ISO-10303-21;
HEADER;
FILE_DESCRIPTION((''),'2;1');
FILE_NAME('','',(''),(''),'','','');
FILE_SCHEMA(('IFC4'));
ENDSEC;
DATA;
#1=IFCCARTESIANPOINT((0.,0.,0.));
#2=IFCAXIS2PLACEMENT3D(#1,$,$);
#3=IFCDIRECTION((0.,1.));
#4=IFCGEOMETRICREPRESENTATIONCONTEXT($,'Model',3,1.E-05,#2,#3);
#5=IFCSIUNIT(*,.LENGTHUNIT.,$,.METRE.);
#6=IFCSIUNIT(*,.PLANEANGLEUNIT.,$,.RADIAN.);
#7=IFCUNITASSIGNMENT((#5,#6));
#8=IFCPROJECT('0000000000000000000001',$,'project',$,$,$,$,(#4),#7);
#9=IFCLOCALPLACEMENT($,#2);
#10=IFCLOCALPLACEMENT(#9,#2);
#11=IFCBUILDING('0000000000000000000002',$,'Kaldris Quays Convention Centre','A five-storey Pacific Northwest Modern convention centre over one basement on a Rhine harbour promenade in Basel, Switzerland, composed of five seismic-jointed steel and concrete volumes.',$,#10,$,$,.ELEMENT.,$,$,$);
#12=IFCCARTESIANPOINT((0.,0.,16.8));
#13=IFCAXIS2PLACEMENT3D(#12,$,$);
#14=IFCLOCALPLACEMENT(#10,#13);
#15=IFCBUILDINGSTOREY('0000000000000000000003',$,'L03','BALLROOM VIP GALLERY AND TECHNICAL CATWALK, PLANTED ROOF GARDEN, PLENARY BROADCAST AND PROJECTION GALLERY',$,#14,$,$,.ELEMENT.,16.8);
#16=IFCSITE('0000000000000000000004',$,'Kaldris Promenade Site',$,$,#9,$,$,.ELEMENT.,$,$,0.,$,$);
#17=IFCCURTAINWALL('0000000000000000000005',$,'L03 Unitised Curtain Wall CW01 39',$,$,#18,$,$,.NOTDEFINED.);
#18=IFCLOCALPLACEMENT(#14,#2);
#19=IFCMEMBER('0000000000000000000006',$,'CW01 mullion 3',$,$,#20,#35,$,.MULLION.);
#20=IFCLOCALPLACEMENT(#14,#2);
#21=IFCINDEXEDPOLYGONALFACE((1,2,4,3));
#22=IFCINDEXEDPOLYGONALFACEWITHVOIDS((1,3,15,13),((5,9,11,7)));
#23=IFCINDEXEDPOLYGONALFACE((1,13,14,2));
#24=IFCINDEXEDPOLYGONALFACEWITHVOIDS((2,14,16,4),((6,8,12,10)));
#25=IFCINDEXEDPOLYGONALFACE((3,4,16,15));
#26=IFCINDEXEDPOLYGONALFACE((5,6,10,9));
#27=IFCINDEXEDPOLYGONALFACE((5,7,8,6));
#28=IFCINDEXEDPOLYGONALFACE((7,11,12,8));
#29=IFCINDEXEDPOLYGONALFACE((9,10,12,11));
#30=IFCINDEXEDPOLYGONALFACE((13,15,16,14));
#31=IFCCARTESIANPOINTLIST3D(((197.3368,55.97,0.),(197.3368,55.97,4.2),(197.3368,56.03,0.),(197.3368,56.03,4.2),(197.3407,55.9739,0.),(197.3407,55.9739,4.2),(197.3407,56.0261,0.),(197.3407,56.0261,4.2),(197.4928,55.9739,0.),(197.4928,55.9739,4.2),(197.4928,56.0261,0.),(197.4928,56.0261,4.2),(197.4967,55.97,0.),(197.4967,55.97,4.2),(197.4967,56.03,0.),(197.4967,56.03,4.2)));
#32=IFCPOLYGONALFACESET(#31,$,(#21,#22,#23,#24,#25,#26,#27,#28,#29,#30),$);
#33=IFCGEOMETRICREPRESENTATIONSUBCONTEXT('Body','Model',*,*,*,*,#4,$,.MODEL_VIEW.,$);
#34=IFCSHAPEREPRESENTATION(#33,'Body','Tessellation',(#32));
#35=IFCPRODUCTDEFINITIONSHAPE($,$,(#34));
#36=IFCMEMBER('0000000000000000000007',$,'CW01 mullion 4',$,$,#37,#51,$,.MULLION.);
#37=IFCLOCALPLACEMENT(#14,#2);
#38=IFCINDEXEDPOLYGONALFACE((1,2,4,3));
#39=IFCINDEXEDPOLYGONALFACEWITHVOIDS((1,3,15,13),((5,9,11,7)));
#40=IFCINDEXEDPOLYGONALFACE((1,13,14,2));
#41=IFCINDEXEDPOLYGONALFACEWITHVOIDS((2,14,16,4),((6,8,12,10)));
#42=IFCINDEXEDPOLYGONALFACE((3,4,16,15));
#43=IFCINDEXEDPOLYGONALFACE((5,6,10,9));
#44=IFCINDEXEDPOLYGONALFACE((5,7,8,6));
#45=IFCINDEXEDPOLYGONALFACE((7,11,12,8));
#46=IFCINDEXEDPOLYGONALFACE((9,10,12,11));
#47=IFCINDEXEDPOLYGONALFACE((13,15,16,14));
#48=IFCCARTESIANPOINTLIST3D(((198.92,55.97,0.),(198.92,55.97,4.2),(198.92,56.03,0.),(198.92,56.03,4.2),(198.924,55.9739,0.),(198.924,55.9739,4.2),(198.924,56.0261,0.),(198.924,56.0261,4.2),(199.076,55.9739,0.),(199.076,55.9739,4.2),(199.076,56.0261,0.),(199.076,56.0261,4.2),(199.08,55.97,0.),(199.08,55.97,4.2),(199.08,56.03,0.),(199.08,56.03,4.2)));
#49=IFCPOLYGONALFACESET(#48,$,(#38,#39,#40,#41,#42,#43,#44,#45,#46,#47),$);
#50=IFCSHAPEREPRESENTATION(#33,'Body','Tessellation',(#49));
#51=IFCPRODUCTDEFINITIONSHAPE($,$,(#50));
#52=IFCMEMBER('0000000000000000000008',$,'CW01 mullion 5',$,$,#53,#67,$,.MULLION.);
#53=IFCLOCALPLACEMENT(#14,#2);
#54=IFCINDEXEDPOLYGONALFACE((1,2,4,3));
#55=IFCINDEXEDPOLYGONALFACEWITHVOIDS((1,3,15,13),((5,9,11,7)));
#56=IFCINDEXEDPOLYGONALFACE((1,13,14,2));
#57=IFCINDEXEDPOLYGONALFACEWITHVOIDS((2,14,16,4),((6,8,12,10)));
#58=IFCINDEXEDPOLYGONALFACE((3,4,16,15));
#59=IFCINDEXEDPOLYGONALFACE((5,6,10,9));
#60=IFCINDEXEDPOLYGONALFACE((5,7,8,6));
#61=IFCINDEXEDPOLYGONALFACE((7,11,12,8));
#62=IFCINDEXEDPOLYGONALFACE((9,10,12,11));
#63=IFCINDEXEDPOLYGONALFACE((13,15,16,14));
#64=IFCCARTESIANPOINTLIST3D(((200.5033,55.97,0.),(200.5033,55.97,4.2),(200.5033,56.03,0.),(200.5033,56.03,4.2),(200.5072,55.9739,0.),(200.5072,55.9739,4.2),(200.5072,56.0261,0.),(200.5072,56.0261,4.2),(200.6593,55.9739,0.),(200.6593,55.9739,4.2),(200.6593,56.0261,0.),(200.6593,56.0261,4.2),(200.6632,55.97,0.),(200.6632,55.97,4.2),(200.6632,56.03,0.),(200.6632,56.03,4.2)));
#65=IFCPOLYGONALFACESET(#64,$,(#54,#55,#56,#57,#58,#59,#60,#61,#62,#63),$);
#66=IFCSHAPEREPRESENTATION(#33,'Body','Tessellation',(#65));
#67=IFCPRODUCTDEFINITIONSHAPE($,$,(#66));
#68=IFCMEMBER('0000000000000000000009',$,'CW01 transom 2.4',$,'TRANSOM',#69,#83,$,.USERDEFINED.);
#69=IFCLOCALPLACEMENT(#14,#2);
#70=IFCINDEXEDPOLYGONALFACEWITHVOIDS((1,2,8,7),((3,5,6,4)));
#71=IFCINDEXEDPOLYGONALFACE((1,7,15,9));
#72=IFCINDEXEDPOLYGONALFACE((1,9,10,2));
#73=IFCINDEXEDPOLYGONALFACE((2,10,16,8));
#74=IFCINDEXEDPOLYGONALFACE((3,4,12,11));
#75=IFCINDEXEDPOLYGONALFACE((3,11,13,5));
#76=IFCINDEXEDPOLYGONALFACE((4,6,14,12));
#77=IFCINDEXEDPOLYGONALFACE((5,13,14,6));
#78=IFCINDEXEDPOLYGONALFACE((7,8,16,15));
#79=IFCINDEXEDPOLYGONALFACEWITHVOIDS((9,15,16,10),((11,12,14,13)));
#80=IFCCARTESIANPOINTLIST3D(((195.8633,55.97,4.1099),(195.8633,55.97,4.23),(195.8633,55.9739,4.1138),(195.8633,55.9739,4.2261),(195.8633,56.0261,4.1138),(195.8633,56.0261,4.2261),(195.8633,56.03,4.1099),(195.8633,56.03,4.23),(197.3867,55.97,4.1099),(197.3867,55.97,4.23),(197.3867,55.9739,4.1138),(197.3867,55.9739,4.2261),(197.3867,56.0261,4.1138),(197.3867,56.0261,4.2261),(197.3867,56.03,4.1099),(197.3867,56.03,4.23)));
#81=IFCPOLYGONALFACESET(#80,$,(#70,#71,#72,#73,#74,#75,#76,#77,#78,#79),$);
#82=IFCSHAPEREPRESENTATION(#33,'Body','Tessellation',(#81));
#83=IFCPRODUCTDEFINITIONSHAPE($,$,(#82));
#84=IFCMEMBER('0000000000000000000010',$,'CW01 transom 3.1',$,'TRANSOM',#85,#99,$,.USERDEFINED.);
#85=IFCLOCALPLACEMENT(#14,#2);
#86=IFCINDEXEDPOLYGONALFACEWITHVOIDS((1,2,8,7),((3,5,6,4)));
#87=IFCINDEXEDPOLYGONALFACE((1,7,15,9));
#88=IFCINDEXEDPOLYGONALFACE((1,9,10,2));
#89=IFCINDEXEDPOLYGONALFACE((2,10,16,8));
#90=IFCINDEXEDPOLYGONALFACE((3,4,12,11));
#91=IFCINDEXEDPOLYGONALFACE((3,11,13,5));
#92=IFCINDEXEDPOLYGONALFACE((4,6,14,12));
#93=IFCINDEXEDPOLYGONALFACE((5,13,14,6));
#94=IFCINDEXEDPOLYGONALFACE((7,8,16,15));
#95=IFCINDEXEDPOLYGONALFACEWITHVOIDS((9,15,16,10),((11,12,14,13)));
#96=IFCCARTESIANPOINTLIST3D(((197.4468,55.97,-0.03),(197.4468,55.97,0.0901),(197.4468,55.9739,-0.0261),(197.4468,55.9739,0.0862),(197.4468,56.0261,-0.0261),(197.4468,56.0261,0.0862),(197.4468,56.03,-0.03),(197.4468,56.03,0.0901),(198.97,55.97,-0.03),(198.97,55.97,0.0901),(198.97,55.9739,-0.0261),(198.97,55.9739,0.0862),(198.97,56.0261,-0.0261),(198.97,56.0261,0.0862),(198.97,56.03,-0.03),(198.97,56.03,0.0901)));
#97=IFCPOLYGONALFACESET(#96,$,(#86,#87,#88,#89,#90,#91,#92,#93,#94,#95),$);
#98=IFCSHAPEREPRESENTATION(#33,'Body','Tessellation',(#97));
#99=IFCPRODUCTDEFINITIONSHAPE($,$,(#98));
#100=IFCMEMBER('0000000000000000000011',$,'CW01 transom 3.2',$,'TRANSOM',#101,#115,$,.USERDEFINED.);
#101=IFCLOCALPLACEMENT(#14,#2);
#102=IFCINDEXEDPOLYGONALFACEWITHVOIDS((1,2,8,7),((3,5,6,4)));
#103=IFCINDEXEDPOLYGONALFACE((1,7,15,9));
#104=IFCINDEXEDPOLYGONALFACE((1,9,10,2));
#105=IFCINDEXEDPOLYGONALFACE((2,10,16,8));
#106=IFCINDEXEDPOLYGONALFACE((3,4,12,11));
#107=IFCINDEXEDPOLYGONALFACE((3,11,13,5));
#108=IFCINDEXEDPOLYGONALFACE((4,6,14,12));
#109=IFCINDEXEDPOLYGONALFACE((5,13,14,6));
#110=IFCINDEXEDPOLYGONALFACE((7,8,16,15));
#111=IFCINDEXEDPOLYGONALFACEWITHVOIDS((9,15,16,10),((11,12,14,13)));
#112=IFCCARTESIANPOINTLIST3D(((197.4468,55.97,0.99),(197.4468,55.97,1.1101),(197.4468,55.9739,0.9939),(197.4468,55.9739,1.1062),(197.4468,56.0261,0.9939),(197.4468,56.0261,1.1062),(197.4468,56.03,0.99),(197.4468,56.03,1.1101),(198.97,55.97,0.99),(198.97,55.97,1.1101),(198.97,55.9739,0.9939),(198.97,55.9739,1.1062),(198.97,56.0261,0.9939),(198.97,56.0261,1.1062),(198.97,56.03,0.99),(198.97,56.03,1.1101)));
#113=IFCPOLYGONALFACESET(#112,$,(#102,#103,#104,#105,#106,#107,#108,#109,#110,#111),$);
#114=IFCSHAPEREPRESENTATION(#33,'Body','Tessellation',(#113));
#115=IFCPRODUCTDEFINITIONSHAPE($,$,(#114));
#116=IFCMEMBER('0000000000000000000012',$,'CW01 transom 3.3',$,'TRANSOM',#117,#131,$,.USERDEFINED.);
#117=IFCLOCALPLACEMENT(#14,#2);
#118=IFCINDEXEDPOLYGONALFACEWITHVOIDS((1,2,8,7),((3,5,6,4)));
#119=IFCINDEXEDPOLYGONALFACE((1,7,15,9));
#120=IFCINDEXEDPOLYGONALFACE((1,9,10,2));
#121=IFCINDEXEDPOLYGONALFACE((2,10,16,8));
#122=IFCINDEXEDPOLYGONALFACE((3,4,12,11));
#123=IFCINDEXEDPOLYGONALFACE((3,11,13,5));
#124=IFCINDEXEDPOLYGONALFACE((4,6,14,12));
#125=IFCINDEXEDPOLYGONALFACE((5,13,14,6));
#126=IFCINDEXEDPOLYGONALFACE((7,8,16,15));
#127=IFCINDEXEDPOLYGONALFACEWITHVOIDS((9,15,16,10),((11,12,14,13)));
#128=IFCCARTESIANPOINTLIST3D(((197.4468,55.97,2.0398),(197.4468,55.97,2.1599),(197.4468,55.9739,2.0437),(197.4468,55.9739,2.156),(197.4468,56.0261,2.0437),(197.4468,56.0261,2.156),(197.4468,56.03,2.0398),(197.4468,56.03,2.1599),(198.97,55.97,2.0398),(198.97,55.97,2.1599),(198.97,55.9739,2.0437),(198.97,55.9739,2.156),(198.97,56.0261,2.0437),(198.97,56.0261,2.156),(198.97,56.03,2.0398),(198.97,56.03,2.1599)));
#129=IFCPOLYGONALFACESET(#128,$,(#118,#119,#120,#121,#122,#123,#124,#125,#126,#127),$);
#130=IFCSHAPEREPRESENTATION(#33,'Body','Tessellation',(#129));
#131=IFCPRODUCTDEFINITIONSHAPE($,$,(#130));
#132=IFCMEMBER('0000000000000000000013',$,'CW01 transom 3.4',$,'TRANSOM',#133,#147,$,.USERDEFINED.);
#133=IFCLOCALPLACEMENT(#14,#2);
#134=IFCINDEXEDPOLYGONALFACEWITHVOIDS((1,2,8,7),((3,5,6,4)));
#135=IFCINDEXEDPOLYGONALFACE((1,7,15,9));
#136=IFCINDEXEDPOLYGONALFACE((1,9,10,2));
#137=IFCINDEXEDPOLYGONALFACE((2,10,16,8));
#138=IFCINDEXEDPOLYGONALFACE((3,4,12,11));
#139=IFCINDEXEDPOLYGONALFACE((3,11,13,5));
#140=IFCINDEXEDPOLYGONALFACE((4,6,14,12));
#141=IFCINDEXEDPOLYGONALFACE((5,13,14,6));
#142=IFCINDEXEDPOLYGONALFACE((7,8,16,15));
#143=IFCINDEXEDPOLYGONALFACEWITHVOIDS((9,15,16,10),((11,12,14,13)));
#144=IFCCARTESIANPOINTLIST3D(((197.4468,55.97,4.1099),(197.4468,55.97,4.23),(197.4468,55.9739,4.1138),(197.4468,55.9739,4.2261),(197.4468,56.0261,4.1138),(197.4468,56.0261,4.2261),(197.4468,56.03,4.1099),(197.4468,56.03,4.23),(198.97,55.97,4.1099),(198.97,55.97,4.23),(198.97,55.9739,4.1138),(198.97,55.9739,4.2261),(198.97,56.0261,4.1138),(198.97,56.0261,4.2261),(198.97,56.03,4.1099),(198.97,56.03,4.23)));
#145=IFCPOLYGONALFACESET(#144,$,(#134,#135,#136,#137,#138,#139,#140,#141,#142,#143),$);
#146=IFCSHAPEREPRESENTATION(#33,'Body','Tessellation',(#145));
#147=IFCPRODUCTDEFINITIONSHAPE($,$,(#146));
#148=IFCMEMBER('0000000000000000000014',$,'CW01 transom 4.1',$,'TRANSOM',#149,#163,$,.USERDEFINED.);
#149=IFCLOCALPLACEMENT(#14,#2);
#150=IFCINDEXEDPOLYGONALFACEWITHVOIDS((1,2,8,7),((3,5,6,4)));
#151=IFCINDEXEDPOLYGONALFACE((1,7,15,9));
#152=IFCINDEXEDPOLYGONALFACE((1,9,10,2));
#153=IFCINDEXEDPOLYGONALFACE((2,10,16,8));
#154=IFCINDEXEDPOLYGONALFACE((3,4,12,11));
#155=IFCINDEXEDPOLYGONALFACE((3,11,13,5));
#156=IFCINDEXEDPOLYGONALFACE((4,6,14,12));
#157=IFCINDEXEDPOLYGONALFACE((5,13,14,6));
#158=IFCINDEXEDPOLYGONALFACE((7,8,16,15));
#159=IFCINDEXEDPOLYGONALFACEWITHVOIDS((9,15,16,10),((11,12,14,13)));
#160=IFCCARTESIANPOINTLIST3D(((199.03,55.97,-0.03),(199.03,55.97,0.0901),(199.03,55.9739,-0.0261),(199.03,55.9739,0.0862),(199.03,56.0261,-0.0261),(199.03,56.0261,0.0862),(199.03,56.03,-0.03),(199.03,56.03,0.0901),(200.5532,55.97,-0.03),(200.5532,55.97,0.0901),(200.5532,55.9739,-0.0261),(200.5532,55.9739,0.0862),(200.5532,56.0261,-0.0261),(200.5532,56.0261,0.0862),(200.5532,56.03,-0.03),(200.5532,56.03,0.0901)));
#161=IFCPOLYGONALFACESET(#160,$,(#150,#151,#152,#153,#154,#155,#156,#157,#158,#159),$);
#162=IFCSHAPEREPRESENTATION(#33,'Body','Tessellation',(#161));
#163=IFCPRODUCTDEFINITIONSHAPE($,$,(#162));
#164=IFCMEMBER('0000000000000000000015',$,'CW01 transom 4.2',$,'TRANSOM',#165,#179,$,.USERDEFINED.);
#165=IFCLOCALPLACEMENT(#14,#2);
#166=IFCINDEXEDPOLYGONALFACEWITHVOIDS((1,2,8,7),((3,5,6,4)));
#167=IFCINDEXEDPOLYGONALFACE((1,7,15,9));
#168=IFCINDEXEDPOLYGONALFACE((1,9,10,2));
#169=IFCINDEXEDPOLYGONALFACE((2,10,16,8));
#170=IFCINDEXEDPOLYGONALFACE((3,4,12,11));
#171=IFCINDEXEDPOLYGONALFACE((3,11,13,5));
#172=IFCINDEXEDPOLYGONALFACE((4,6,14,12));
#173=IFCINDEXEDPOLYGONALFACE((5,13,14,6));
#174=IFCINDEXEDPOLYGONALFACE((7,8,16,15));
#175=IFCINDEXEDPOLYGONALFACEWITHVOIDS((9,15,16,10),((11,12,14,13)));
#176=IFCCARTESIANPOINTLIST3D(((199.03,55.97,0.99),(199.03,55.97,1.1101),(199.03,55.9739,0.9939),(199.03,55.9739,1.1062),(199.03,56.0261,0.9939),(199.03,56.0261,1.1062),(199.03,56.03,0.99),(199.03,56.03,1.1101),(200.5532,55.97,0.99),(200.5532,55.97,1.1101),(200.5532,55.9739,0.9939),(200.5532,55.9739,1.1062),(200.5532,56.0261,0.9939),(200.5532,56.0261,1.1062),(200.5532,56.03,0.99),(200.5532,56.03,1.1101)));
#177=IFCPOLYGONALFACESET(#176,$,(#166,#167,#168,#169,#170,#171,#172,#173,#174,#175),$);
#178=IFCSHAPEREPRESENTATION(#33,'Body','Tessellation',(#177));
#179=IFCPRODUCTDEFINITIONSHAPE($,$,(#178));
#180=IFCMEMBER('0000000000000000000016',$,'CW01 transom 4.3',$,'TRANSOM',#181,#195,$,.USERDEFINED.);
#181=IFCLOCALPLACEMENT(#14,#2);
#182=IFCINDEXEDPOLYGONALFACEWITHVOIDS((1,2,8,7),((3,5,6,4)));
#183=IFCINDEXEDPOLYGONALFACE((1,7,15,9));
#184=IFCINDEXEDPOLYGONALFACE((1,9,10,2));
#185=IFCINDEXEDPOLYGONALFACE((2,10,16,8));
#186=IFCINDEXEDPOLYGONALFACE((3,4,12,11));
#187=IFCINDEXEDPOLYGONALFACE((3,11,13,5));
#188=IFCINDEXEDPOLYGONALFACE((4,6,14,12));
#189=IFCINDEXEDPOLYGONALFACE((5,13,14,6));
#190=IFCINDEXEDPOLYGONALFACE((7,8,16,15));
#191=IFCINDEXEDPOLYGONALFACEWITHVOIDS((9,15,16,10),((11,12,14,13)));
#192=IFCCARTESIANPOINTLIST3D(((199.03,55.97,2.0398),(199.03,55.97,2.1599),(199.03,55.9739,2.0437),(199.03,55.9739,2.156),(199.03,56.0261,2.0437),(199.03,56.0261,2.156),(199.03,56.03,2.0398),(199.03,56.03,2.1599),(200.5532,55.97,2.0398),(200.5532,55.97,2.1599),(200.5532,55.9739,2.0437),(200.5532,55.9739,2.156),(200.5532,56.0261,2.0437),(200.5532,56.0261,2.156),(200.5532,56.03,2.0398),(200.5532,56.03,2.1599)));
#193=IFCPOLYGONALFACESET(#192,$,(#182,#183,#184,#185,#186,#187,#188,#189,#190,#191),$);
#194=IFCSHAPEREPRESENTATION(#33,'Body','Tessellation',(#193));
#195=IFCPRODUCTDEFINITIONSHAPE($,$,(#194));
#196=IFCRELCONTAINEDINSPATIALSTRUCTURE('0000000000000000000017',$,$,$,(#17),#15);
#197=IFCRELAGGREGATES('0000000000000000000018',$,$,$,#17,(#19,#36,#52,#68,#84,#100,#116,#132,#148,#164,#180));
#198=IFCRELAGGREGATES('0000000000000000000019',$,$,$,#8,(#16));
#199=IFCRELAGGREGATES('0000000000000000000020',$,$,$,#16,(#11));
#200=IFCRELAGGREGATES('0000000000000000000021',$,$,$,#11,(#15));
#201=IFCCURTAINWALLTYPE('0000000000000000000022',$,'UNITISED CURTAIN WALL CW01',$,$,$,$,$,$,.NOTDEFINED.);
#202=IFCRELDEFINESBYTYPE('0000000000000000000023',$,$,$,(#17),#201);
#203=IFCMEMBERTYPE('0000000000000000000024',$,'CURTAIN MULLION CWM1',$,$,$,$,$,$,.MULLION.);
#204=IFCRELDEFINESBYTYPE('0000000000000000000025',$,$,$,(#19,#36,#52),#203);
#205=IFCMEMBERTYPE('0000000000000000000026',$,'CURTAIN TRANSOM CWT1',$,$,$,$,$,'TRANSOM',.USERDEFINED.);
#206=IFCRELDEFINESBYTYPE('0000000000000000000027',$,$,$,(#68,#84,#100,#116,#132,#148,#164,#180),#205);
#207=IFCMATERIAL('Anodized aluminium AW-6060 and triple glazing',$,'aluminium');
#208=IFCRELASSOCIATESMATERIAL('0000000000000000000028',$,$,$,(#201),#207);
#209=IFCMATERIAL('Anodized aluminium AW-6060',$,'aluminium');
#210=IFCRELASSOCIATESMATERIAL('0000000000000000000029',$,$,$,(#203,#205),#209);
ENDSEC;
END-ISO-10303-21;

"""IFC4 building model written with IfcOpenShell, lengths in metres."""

from ifc_helpers import new_model, si_unit, direction, frame, origin, origin_2d, place, context, subcontext, project, spatial, hollow_rectangle, extrude, material, material_profile, profile_set, type_object, element, aggregate, save


model = new_model("IFC4")

# Units and contexts
model_context = context("Model", 3, precision=1e-05, world=origin(), true_north=direction((0.0, 1.0)))
body_context = subcontext(model_context, "Body", "Model", "MODEL_VIEW")
ifc_project = project(units=[si_unit("LENGTHUNIT", "METRE"), si_unit("PLANEANGLEUNIT", "RADIAN")], contexts=[model_context])

# Site, building, storey
site_placement = place(None, origin())
site = spatial("IfcSite", under=ifc_project, at=site_placement, Name="Kaldris Promenade Site", CompositionType="ELEMENT", RefElevation=0.0)
building_placement = place(site_placement, origin())
building = spatial("IfcBuilding", under=site, at=building_placement, Name="Kaldris Quays Convention Centre", Description="A five-storey Pacific Northwest Modern convention centre over one basement on a Rhine harbour promenade in Basel, Switzerland, composed of five seismic-jointed steel and concrete volumes.", CompositionType="ELEMENT")
storey_placement = place(building_placement, frame((0.0, 0.0, 16.8)))
storey = spatial("IfcBuildingStorey", under=building, at=storey_placement, Name="L03", Description="BALLROOM VIP GALLERY AND TECHNICAL CATWALK, PLANTED ROOF GARDEN, PLENARY BROADCAST AND PROJECTION GALLERY", CompositionType="ELEMENT", Elevation=16.8)

# Curtain wall, members
ifc_material_1 = material(Name="Anodized aluminium AW-6060 and triple glazing", Category="aluminium")
curtain_wall_type = type_object("IfcCurtainWallType", Name="UNITISED CURTAIN WALL CW01", PredefinedType="NOTDEFINED", material=ifc_material_1)
curtain_wall_placement = place(storey_placement, origin())
curtain_wall = element("IfcCurtainWall", 1, at=curtain_wall_placement, inside=storey, type_object=curtain_wall_type, Name="L03 Unitised Curtain Wall CW01 39", PredefinedType="NOTDEFINED")
ifc_material_2 = material(Name="Anodized aluminium AW-6060", Category="aluminium")
ifc_material_profile_1 = material_profile(ifc_material_2, hollow_rectangle(XDim=0.0601, YDim=0.1599, WallThickness=0.0039, at=origin_2d()), Name="RHS 160x60x4")
ifc_profile_set_1 = profile_set([ifc_material_profile_1], Name="Anodized aluminium AW-6060")
member_type_1 = type_object("IfcMemberType", Name="CURTAIN MULLION CWM1", PredefinedType="MULLION", material=ifc_profile_set_1)
member_1_placement = place(storey_placement, frame((197.4167, 56.0, 0.0), z_axis=(0.0, 0.0, 1.0), x_axis=(0.0, 1.0, 0.0)))
member_1 = element("IfcMember", 2, at=member_1_placement, type_object=member_type_1, Name="CW01 mullion 3", PredefinedType="MULLION", context=body_context, shape_type="SweptSolid", body=[
    extrude(hollow_rectangle(XDim=0.0601, YDim=0.1599, WallThickness=0.0039, at=origin_2d()), origin(), (0.0, 0.0, 1.0), 4.2),
])
member_2_placement = place(storey_placement, frame((199.0, 56.0, 0.0), z_axis=(0.0, 0.0, 1.0), x_axis=(0.0, 1.0, 0.0)))
member_2 = element("IfcMember", 3, at=member_2_placement, type_object=member_type_1, Name="CW01 mullion 4", PredefinedType="MULLION", context=body_context, shape_type="SweptSolid", body=[
    extrude(hollow_rectangle(XDim=0.0601, YDim=0.1599, WallThickness=0.0039, at=origin_2d()), origin(), (0.0, 0.0, 1.0), 4.2),
])
member_3_placement = place(storey_placement, frame((200.5833, 56.0, 0.0), z_axis=(0.0, 0.0, 1.0), x_axis=(0.0, 1.0, 0.0)))
member_3 = element("IfcMember", 4, at=member_3_placement, type_object=member_type_1, Name="CW01 mullion 5", PredefinedType="MULLION", context=body_context, shape_type="SweptSolid", body=[
    extrude(hollow_rectangle(XDim=0.0601, YDim=0.1599, WallThickness=0.0039, at=origin_2d()), origin(), (0.0, 0.0, 1.0), 4.2),
])
ifc_material_profile_2 = material_profile(ifc_material_2, hollow_rectangle(XDim=0.0601, YDim=0.1201, WallThickness=0.0039, at=origin_2d()), Name="RHS 120x60x4")
ifc_profile_set_2 = profile_set([ifc_material_profile_2], Name="Anodized aluminium AW-6060")
member_type_2 = type_object("IfcMemberType", Name="CURTAIN TRANSOM CWT1", ElementType="TRANSOM", PredefinedType="USERDEFINED", material=ifc_profile_set_2)
member_4_placement = place(storey_placement, frame((195.8633, 56.0, 4.1699), z_axis=(1.0, 0.0, 0.0), x_axis=(0.0, 1.0, 0.0)))
member_4 = element("IfcMember", 5, at=member_4_placement, type_object=member_type_2, Name="CW01 transom 2.4", ObjectType="TRANSOM", PredefinedType="USERDEFINED", context=body_context, shape_type="SweptSolid", body=[
    extrude(hollow_rectangle(XDim=0.0601, YDim=0.1201, WallThickness=0.0039, at=origin_2d()), origin(), (0.0, 0.0, 1.0), 1.5234),
])
member_5_placement = place(storey_placement, frame((197.4468, 56.0, 0.03), z_axis=(1.0, 0.0, 0.0), x_axis=(0.0, 1.0, 0.0)))
member_5 = element("IfcMember", 6, at=member_5_placement, type_object=member_type_2, Name="CW01 transom 3.1", ObjectType="TRANSOM", PredefinedType="USERDEFINED", context=body_context, shape_type="SweptSolid", body=[
    extrude(hollow_rectangle(XDim=0.0601, YDim=0.1201, WallThickness=0.0039, at=origin_2d()), origin(), (0.0, 0.0, 1.0), 1.5232),
])
member_6_placement = place(storey_placement, frame((197.4468, 56.0, 1.05), z_axis=(1.0, 0.0, 0.0), x_axis=(0.0, 1.0, 0.0)))
member_6 = element("IfcMember", 7, at=member_6_placement, type_object=member_type_2, Name="CW01 transom 3.2", ObjectType="TRANSOM", PredefinedType="USERDEFINED", context=body_context, shape_type="SweptSolid", body=[
    extrude(hollow_rectangle(XDim=0.0601, YDim=0.1201, WallThickness=0.0039, at=origin_2d()), origin(), (0.0, 0.0, 1.0), 1.5232),
])
member_7_placement = place(storey_placement, frame((197.4468, 56.0, 2.0999), z_axis=(1.0, 0.0, 0.0), x_axis=(0.0, 1.0, 0.0)))
member_7 = element("IfcMember", 8, at=member_7_placement, type_object=member_type_2, Name="CW01 transom 3.3", ObjectType="TRANSOM", PredefinedType="USERDEFINED", context=body_context, shape_type="SweptSolid", body=[
    extrude(hollow_rectangle(XDim=0.0601, YDim=0.1201, WallThickness=0.0039, at=origin_2d()), origin(), (0.0, 0.0, 1.0), 1.5232),
])
member_8_placement = place(storey_placement, frame((197.4468, 56.0, 4.1699), z_axis=(1.0, 0.0, 0.0), x_axis=(0.0, 1.0, 0.0)))
member_8 = element("IfcMember", 9, at=member_8_placement, type_object=member_type_2, Name="CW01 transom 3.4", ObjectType="TRANSOM", PredefinedType="USERDEFINED", context=body_context, shape_type="SweptSolid", body=[
    extrude(hollow_rectangle(XDim=0.0601, YDim=0.1201, WallThickness=0.0039, at=origin_2d()), origin(), (0.0, 0.0, 1.0), 1.5232),
])
member_9_placement = place(storey_placement, frame((199.03, 56.0, 0.03), z_axis=(1.0, 0.0, 0.0), x_axis=(0.0, 1.0, 0.0)))
member_9 = element("IfcMember", 10, at=member_9_placement, type_object=member_type_2, Name="CW01 transom 4.1", ObjectType="TRANSOM", PredefinedType="USERDEFINED", context=body_context, shape_type="SweptSolid", body=[
    extrude(hollow_rectangle(XDim=0.0601, YDim=0.1201, WallThickness=0.0039, at=origin_2d()), origin(), (0.0, 0.0, 1.0), 1.5232),
])
member_10_placement = place(storey_placement, frame((199.03, 56.0, 1.05), z_axis=(1.0, 0.0, 0.0), x_axis=(0.0, 1.0, 0.0)))
member_10 = element("IfcMember", 11, at=member_10_placement, type_object=member_type_2, Name="CW01 transom 4.2", ObjectType="TRANSOM", PredefinedType="USERDEFINED", context=body_context, shape_type="SweptSolid", body=[
    extrude(hollow_rectangle(XDim=0.0601, YDim=0.1201, WallThickness=0.0039, at=origin_2d()), origin(), (0.0, 0.0, 1.0), 1.5232),
])
member_11_placement = place(storey_placement, frame((199.03, 56.0, 2.0999), z_axis=(1.0, 0.0, 0.0), x_axis=(0.0, 1.0, 0.0)))
member_11 = element("IfcMember", 12, at=member_11_placement, type_object=member_type_2, Name="CW01 transom 4.3", ObjectType="TRANSOM", PredefinedType="USERDEFINED", context=body_context, shape_type="SweptSolid", body=[
    extrude(hollow_rectangle(XDim=0.0601, YDim=0.1201, WallThickness=0.0039, at=origin_2d()), origin(), (0.0, 0.0, 1.0), 1.5232),
])
aggregate(curtain_wall, [member_1, member_2, member_3, member_4, member_5, member_6, member_7, member_8, member_9, member_10, member_11])

save(model, "model.ifc")
